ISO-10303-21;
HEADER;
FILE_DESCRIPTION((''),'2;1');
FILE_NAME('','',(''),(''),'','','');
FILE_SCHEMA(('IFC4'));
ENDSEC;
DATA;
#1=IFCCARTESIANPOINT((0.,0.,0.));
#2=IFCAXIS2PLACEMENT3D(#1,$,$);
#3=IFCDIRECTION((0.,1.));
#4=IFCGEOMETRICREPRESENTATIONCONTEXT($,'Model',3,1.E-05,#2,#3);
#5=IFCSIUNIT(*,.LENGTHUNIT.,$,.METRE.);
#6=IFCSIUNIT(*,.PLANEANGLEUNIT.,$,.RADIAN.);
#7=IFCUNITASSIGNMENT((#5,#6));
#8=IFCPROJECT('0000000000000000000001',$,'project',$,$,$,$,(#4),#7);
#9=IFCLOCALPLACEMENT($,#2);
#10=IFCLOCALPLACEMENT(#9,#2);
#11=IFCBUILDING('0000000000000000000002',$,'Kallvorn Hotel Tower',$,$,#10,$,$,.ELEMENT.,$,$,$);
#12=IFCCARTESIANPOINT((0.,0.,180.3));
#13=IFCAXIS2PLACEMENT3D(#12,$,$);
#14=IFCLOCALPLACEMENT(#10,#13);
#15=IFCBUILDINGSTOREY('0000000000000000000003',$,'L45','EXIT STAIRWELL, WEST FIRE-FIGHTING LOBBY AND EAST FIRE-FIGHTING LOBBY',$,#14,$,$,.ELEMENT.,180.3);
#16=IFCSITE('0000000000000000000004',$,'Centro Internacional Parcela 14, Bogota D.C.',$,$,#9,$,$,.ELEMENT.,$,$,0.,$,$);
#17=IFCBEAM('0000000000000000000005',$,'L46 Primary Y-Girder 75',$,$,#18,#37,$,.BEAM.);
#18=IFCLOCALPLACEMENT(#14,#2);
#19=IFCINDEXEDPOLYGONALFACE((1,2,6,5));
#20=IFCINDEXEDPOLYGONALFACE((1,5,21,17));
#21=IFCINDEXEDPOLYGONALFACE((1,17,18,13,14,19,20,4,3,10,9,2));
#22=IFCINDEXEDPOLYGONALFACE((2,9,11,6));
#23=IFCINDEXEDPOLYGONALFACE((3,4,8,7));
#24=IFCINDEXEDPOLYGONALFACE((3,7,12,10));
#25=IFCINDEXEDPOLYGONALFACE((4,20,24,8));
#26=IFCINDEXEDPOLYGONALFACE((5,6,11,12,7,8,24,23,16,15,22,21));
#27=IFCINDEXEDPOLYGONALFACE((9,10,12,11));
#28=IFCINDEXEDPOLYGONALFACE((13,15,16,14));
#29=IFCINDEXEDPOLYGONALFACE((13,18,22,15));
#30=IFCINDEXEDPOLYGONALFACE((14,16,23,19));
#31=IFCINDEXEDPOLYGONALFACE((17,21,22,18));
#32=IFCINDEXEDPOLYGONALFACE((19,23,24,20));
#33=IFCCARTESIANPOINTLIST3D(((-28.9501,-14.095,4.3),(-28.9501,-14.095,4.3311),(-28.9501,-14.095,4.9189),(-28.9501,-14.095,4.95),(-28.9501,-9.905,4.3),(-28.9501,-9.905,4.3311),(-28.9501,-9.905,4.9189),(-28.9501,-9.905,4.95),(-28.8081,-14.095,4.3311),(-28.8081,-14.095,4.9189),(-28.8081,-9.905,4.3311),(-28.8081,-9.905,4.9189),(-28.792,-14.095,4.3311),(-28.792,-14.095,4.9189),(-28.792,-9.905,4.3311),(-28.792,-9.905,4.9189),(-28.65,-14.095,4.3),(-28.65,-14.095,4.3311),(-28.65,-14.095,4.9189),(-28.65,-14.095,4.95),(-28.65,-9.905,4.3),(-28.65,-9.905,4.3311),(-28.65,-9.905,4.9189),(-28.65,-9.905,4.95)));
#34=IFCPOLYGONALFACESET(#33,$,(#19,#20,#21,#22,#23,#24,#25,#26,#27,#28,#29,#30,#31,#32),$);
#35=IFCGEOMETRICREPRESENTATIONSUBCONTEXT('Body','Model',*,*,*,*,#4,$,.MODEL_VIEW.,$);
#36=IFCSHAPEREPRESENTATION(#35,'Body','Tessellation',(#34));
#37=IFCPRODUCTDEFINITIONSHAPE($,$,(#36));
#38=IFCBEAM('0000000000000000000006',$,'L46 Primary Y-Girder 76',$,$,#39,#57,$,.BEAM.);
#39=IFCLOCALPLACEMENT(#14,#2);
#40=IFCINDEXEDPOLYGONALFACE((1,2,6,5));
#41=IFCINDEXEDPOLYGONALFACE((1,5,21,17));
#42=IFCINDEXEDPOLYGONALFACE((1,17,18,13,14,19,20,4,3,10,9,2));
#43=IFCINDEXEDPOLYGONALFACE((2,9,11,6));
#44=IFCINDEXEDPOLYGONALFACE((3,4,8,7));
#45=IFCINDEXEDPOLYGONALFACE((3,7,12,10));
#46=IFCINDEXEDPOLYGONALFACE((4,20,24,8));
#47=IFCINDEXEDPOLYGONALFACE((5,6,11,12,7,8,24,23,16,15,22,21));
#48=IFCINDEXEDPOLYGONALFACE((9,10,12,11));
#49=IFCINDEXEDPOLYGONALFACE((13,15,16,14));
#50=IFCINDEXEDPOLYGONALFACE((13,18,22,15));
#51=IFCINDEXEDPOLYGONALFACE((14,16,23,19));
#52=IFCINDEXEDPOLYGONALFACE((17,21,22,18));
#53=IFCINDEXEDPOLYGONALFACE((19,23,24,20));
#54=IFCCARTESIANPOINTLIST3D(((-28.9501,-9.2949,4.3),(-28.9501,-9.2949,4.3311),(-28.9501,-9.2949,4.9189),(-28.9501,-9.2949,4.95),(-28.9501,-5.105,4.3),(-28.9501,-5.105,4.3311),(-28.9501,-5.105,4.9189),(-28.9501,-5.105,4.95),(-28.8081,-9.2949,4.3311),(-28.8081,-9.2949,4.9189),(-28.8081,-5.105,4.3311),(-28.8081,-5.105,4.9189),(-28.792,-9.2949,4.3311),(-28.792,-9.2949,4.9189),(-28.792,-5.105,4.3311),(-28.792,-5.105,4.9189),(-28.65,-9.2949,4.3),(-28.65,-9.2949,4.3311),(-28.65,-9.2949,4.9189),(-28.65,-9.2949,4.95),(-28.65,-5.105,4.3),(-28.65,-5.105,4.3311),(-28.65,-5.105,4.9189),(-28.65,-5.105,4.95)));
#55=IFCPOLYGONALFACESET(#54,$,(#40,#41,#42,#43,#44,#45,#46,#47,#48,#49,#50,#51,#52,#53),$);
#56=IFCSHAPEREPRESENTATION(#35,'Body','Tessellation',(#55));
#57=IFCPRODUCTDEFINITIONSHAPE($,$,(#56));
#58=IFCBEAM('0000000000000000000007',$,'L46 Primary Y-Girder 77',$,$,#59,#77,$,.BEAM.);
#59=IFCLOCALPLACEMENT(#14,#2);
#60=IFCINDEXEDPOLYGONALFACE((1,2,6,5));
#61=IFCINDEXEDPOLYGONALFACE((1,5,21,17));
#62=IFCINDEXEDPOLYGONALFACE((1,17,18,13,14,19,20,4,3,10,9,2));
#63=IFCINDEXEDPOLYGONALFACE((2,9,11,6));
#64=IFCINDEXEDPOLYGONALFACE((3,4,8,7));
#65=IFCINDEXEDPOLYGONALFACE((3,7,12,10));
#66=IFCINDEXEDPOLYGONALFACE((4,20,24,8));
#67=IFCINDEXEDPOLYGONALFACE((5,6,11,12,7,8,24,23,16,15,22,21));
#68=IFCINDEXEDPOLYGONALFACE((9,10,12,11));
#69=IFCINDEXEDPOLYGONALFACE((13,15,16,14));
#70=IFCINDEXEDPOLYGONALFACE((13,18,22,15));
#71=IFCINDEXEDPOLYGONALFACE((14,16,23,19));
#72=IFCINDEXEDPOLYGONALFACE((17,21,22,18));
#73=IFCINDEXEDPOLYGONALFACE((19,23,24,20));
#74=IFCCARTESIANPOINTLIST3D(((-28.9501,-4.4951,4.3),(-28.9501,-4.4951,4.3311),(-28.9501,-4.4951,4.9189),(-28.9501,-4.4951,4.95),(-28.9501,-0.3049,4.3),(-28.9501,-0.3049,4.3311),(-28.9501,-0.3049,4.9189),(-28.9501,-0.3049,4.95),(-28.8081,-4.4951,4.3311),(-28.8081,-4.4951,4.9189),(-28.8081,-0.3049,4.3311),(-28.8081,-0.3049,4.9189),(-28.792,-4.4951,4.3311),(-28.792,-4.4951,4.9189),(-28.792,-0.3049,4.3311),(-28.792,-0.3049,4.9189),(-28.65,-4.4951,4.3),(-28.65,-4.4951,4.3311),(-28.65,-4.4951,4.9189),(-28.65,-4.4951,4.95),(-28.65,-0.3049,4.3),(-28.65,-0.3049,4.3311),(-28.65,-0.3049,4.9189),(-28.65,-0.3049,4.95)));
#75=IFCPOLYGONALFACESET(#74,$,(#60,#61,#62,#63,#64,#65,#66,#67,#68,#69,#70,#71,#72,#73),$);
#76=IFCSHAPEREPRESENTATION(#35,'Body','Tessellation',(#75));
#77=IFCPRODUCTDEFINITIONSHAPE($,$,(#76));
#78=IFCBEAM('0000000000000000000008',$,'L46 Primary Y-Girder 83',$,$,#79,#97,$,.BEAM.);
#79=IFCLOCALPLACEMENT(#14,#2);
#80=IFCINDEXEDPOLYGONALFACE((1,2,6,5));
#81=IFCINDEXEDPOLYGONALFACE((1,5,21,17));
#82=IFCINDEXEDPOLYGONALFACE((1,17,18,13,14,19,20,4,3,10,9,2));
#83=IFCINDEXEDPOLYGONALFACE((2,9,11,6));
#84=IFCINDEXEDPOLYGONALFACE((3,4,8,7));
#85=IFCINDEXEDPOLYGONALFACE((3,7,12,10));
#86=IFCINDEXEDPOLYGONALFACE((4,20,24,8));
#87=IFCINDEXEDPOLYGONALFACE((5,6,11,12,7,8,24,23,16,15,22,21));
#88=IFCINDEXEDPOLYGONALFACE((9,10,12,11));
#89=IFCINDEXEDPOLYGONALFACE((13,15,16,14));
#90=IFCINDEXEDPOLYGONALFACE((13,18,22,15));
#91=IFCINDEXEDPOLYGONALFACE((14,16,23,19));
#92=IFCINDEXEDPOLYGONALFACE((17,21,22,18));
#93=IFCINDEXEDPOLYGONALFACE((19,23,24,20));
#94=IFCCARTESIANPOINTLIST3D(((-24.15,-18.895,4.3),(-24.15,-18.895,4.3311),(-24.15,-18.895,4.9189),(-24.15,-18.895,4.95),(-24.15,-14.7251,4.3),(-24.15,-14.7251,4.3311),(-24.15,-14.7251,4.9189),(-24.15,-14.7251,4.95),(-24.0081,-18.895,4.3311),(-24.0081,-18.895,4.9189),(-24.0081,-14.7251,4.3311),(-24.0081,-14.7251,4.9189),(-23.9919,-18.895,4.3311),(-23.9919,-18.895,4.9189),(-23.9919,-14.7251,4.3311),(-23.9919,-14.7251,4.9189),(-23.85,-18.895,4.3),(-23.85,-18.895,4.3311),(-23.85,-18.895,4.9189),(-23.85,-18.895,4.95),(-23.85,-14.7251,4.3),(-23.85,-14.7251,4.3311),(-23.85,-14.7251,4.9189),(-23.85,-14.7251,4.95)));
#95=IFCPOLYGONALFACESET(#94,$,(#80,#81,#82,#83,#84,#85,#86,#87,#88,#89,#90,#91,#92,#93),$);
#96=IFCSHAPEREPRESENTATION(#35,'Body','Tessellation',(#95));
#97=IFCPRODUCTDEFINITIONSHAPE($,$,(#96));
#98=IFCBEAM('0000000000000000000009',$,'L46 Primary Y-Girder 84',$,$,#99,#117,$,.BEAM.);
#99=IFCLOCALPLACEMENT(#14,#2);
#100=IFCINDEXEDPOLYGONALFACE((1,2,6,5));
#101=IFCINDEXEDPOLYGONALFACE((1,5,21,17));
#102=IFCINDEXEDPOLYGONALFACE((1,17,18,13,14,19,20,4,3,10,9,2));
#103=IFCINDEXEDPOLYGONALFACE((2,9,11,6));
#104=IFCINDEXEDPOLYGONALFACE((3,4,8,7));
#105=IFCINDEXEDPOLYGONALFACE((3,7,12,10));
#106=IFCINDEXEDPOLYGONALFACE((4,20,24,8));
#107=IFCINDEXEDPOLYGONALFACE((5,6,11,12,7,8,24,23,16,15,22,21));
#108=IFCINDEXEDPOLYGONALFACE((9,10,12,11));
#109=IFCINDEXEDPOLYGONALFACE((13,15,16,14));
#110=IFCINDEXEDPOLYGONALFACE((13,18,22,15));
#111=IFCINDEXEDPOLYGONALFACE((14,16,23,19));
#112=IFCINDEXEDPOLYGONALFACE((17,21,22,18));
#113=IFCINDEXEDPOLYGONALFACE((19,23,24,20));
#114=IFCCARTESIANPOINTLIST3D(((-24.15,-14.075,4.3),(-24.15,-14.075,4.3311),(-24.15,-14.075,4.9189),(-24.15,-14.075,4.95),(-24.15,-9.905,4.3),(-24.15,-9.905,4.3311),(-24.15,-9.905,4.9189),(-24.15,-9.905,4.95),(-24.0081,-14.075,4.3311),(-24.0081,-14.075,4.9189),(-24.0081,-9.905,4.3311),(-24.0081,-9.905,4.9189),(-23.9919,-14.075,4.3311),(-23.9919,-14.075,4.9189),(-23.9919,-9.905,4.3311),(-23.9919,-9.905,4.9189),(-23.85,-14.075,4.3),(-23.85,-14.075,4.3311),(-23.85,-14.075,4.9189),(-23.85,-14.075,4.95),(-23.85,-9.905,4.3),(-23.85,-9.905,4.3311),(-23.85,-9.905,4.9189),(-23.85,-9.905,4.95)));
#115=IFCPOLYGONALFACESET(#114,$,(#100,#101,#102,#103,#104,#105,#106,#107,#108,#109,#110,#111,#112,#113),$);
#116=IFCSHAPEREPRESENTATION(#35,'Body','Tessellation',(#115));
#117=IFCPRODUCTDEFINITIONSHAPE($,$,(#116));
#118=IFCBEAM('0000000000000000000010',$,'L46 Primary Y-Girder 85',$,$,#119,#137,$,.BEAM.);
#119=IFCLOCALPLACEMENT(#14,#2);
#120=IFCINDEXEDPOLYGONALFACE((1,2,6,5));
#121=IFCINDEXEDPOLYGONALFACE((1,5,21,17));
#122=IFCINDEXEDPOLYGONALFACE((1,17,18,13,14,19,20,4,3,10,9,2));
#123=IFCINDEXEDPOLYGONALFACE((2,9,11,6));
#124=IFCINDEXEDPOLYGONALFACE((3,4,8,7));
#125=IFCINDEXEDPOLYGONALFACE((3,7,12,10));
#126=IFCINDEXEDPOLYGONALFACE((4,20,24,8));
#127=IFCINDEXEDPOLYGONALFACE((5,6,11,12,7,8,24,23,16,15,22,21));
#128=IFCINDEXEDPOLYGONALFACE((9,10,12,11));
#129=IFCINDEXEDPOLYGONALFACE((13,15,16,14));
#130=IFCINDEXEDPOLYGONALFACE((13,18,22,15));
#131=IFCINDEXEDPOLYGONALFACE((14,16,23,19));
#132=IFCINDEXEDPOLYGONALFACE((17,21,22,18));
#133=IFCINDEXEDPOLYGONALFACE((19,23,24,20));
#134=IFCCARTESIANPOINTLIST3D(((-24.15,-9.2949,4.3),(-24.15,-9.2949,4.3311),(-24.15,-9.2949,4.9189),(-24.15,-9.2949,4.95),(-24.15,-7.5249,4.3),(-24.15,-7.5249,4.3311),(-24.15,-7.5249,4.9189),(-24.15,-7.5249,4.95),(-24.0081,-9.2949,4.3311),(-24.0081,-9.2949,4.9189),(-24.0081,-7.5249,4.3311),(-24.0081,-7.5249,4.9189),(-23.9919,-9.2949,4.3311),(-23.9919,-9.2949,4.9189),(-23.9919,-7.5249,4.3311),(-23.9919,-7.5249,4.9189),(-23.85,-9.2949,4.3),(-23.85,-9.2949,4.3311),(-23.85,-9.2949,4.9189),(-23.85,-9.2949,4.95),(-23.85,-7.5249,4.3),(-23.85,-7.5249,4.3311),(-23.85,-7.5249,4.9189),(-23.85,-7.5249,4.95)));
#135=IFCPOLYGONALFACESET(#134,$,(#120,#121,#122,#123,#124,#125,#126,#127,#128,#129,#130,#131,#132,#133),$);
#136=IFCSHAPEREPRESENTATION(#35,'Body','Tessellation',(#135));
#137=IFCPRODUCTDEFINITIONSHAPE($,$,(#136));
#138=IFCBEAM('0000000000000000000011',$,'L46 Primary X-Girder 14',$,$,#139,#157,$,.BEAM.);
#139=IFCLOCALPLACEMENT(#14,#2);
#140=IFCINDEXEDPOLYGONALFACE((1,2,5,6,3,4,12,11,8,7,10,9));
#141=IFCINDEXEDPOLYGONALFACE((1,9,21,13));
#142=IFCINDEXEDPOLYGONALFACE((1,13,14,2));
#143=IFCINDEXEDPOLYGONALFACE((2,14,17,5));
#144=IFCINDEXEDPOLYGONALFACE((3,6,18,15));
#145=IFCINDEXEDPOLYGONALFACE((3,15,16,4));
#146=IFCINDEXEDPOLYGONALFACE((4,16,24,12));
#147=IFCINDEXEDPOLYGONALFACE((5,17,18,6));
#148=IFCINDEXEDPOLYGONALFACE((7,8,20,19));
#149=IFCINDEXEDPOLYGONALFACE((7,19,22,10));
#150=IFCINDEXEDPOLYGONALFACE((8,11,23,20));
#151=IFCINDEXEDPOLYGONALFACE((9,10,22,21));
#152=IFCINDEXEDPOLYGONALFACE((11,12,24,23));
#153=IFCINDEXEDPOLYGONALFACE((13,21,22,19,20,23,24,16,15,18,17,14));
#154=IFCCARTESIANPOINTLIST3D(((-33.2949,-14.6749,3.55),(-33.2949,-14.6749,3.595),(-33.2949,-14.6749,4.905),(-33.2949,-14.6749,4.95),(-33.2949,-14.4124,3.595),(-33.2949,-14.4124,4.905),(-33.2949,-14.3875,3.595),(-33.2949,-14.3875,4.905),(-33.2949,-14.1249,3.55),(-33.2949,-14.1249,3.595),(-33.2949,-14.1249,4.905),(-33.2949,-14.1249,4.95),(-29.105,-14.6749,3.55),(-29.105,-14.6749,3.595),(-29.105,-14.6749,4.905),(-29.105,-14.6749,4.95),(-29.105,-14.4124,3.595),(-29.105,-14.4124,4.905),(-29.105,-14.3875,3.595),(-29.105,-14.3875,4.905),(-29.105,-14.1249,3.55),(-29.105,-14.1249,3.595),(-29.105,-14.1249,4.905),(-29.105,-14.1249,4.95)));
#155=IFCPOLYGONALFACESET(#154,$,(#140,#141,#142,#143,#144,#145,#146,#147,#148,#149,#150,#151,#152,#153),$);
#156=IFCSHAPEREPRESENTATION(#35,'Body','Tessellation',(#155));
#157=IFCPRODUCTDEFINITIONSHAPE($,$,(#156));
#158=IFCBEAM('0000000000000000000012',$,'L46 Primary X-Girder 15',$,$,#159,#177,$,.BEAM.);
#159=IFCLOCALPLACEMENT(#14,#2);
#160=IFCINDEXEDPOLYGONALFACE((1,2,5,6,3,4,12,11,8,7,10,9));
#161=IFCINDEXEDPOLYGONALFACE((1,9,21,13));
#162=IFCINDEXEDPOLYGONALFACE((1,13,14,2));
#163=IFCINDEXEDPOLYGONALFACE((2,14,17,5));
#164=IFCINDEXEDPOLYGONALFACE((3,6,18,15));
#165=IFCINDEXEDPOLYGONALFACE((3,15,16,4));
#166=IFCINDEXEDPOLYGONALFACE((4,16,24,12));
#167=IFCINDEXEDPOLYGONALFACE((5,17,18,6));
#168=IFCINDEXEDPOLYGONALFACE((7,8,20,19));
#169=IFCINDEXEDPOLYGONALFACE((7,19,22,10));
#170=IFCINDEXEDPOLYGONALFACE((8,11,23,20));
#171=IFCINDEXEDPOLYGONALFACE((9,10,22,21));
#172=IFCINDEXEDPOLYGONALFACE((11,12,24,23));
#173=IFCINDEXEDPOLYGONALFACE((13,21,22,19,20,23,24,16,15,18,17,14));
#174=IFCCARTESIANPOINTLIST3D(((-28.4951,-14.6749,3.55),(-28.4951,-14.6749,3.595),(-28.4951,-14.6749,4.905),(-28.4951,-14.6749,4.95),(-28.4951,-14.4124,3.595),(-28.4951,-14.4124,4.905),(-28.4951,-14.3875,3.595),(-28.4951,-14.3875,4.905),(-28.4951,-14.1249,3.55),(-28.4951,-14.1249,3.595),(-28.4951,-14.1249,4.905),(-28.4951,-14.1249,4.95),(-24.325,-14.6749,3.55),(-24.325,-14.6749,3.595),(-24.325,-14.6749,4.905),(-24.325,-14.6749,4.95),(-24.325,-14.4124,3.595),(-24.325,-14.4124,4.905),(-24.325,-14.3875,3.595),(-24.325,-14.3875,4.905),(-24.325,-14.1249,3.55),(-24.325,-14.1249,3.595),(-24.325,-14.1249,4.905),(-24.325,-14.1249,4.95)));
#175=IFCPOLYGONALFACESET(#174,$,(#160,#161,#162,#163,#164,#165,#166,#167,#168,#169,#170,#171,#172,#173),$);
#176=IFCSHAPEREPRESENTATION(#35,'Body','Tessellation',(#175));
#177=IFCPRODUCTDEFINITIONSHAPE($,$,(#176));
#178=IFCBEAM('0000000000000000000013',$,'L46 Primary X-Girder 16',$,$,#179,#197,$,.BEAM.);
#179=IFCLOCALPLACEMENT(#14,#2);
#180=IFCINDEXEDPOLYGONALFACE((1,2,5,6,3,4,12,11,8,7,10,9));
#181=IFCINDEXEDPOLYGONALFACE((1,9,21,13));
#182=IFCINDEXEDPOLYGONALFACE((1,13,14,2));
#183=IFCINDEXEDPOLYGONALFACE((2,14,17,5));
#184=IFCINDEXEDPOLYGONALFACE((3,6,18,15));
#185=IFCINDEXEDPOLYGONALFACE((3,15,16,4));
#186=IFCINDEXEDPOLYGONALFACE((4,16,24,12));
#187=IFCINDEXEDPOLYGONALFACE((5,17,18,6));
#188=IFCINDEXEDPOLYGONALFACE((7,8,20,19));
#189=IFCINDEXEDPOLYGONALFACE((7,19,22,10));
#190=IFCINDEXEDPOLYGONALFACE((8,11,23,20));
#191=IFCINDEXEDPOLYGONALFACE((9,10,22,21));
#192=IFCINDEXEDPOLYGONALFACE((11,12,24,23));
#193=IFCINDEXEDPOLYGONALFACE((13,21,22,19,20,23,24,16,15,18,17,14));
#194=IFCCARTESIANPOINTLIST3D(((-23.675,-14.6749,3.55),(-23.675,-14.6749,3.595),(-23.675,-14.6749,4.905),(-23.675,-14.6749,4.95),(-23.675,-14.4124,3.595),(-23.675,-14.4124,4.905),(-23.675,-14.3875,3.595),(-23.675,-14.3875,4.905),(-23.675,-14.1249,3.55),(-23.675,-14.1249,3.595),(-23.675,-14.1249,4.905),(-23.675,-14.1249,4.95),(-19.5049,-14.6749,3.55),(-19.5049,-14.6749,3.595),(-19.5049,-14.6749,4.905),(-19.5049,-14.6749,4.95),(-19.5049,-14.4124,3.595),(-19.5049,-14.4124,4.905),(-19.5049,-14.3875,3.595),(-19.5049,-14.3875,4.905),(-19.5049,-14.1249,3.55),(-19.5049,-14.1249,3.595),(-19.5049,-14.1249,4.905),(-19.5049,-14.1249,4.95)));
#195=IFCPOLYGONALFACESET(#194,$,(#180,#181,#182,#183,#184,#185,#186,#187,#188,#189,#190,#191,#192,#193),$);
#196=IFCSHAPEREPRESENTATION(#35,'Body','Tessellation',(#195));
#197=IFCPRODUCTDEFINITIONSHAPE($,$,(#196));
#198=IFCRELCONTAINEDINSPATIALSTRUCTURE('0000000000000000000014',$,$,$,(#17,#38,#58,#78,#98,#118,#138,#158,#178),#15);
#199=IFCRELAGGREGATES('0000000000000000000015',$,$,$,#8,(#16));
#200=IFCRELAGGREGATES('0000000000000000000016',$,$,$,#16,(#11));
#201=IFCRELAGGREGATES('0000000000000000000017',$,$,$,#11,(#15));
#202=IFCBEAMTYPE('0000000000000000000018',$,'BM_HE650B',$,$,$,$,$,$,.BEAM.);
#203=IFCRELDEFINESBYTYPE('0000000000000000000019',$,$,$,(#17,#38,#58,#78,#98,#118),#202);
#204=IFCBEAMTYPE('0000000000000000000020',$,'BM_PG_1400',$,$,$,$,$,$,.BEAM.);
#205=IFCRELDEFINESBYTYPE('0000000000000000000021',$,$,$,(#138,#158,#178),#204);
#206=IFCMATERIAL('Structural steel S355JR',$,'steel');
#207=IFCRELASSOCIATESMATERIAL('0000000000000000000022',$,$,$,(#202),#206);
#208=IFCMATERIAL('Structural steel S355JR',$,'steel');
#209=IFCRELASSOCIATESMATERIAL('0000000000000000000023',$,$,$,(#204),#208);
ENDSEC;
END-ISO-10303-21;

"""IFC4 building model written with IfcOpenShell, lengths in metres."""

from ifc_helpers import new_model, si_unit, direction, frame, origin, origin_2d, place, context, subcontext, project, spatial, i_section, extrude, material, material_profile, profile_set, type_object, element, save


model = new_model("IFC4")

# Units and contexts
model_context = context("Model", 3, precision=1e-05, world=origin(), true_north=direction((0.0, 1.0)))
body_context = subcontext(model_context, "Body", "Model", "MODEL_VIEW")
ifc_project = project(units=[si_unit("LENGTHUNIT", "METRE"), si_unit("PLANEANGLEUNIT", "RADIAN")], contexts=[model_context])

# Site, building, storey
site_placement = place(None, origin())
site = spatial("IfcSite", under=ifc_project, at=site_placement, Name="Centro Internacional Parcela 14, Bogota D.C.", CompositionType="ELEMENT", RefElevation=0.0)
building_placement = place(site_placement, origin())
building = spatial("IfcBuilding", under=site, at=building_placement, Name="Kallvorn Hotel Tower", CompositionType="ELEMENT")
storey_placement = place(building_placement, frame((0.0, 0.0, 180.3)))
storey = spatial("IfcBuildingStorey", under=building, at=storey_placement, Name="L45", Description="EXIT STAIRWELL, WEST FIRE-FIGHTING LOBBY AND EAST FIRE-FIGHTING LOBBY", CompositionType="ELEMENT", Elevation=180.3)

# Beams
ifc_material_1 = material(Name="Structural steel S355JR", Category="steel")
ifc_material_profile_1 = material_profile(ifc_material_1, i_section(OverallWidth=0.3, OverallDepth=0.6499, WebThickness=0.0161, FlangeThickness=0.031, at=origin_2d()), Name="HE 650 B")
ifc_profile_set_1 = profile_set([ifc_material_profile_1], Name="Structural steel S355JR")
beam_type_1 = type_object("IfcBeamType", Name="BM_HE650B", PredefinedType="BEAM", material=ifc_profile_set_1)
for number, where, z_axis, x_axis, name in (
    (1, (-28.8, -14.095, 4.625), (0.0, 1.0, 0.0), (-1.0, 0.0, 0.0), "L46 Primary Y-Girder 75"),
    (2, (-28.8, -9.2949, 4.625), (0.0, 1.0, 0.0), (-1.0, 0.0, 0.0), "L46 Primary Y-Girder 76"),
):
    element("IfcBeam", number, at=place(storey_placement, frame(where, z_axis=z_axis, x_axis=x_axis)), inside=storey, type_object=beam_type_1, Name=name, PredefinedType="BEAM", context=body_context, shape_type="SweptSolid", body=[
        extrude(i_section(OverallWidth=0.3, OverallDepth=0.6499, WebThickness=0.0161, FlangeThickness=0.031, at=origin_2d()), origin(), (0.0, 0.0, 1.0), 4.1899),
    ])
beam_1_placement = place(storey_placement, frame((-28.8, -4.4951, 4.625), z_axis=(0.0, 1.0, 0.0), x_axis=(-1.0, 0.0, 0.0)))
element("IfcBeam", 3, at=beam_1_placement, inside=storey, type_object=beam_type_1, Name="L46 Primary Y-Girder 77", PredefinedType="BEAM", context=body_context, shape_type="SweptSolid", body=[
    extrude(i_section(OverallWidth=0.3, OverallDepth=0.6499, WebThickness=0.0161, FlangeThickness=0.031, at=origin_2d()), origin(), (0.0, 0.0, 1.0), 4.1902),
])
for number, where, z_axis, x_axis, name in (
    (4, (-24.0, -18.895, 4.625), (0.0, 1.0, 0.0), (-1.0, 0.0, 0.0), "L46 Primary Y-Girder 83"),
    (5, (-24.0, -14.075, 4.625), (0.0, 1.0, 0.0), (-1.0, 0.0, 0.0), "L46 Primary Y-Girder 84"),
):
    element("IfcBeam", number, at=place(storey_placement, frame(where, z_axis=z_axis, x_axis=x_axis)), inside=storey, type_object=beam_type_1, Name=name, PredefinedType="BEAM", context=body_context, shape_type="SweptSolid", body=[
        extrude(i_section(OverallWidth=0.3, OverallDepth=0.6499, WebThickness=0.0161, FlangeThickness=0.031, at=origin_2d()), origin(), (0.0, 0.0, 1.0), 4.1699),
    ])
beam_2_placement = place(storey_placement, frame((-24.0, -9.2949, 4.625), z_axis=(0.0, 1.0, 0.0), x_axis=(-1.0, 0.0, 0.0)))
element("IfcBeam", 6, at=beam_2_placement, inside=storey, type_object=beam_type_1, Name="L46 Primary Y-Girder 85", PredefinedType="BEAM", context=body_context, shape_type="SweptSolid", body=[
    extrude(i_section(OverallWidth=0.3, OverallDepth=0.6499, WebThickness=0.0161, FlangeThickness=0.031, at=origin_2d()), origin(), (0.0, 0.0, 1.0), 1.77),
])
ifc_material_2 = material(Name="Structural steel S355JR", Category="steel")
ifc_material_profile_2 = material_profile(ifc_material_2, i_section(OverallWidth=0.55, OverallDepth=1.3999, WebThickness=0.0249, FlangeThickness=0.0449, at=origin_2d()), Name="PG 1400x550x25x45")
ifc_profile_set_2 = profile_set([ifc_material_profile_2], Name="Structural steel S355JR")
beam_type_2 = type_object("IfcBeamType", Name="BM_PG_1400", PredefinedType="BEAM", material=ifc_profile_set_2)
beam_3_placement = place(storey_placement, frame((-33.2949, -14.3999, 4.25), z_axis=(1.0, 0.0, 0.0), x_axis=(0.0, 1.0, 0.0)))
element("IfcBeam", 7, at=beam_3_placement, inside=storey, type_object=beam_type_2, Name="L46 Primary X-Girder 14", PredefinedType="BEAM", context=body_context, shape_type="SweptSolid", body=[
    extrude(i_section(OverallWidth=0.55, OverallDepth=1.3999, WebThickness=0.0249, FlangeThickness=0.0449, at=origin_2d()), origin(), (0.0, 0.0, 1.0), 4.1899),
])
for number, where, z_axis, x_axis, name in (
    (8, (-28.4951, -14.3999, 4.25), (1.0, 0.0, 0.0), (0.0, 1.0, 0.0), "L46 Primary X-Girder 15"),
    (9, (-23.675, -14.3999, 4.25), (1.0, 0.0, 0.0), (0.0, 1.0, 0.0), "L46 Primary X-Girder 16"),
):
    element("IfcBeam", number, at=place(storey_placement, frame(where, z_axis=z_axis, x_axis=x_axis)), inside=storey, type_object=beam_type_2, Name=name, PredefinedType="BEAM", context=body_context, shape_type="SweptSolid", body=[
        extrude(i_section(OverallWidth=0.55, OverallDepth=1.3999, WebThickness=0.0249, FlangeThickness=0.0449, at=origin_2d()), origin(), (0.0, 0.0, 1.0), 4.1702),
    ])

save(model, "model.ifc")
